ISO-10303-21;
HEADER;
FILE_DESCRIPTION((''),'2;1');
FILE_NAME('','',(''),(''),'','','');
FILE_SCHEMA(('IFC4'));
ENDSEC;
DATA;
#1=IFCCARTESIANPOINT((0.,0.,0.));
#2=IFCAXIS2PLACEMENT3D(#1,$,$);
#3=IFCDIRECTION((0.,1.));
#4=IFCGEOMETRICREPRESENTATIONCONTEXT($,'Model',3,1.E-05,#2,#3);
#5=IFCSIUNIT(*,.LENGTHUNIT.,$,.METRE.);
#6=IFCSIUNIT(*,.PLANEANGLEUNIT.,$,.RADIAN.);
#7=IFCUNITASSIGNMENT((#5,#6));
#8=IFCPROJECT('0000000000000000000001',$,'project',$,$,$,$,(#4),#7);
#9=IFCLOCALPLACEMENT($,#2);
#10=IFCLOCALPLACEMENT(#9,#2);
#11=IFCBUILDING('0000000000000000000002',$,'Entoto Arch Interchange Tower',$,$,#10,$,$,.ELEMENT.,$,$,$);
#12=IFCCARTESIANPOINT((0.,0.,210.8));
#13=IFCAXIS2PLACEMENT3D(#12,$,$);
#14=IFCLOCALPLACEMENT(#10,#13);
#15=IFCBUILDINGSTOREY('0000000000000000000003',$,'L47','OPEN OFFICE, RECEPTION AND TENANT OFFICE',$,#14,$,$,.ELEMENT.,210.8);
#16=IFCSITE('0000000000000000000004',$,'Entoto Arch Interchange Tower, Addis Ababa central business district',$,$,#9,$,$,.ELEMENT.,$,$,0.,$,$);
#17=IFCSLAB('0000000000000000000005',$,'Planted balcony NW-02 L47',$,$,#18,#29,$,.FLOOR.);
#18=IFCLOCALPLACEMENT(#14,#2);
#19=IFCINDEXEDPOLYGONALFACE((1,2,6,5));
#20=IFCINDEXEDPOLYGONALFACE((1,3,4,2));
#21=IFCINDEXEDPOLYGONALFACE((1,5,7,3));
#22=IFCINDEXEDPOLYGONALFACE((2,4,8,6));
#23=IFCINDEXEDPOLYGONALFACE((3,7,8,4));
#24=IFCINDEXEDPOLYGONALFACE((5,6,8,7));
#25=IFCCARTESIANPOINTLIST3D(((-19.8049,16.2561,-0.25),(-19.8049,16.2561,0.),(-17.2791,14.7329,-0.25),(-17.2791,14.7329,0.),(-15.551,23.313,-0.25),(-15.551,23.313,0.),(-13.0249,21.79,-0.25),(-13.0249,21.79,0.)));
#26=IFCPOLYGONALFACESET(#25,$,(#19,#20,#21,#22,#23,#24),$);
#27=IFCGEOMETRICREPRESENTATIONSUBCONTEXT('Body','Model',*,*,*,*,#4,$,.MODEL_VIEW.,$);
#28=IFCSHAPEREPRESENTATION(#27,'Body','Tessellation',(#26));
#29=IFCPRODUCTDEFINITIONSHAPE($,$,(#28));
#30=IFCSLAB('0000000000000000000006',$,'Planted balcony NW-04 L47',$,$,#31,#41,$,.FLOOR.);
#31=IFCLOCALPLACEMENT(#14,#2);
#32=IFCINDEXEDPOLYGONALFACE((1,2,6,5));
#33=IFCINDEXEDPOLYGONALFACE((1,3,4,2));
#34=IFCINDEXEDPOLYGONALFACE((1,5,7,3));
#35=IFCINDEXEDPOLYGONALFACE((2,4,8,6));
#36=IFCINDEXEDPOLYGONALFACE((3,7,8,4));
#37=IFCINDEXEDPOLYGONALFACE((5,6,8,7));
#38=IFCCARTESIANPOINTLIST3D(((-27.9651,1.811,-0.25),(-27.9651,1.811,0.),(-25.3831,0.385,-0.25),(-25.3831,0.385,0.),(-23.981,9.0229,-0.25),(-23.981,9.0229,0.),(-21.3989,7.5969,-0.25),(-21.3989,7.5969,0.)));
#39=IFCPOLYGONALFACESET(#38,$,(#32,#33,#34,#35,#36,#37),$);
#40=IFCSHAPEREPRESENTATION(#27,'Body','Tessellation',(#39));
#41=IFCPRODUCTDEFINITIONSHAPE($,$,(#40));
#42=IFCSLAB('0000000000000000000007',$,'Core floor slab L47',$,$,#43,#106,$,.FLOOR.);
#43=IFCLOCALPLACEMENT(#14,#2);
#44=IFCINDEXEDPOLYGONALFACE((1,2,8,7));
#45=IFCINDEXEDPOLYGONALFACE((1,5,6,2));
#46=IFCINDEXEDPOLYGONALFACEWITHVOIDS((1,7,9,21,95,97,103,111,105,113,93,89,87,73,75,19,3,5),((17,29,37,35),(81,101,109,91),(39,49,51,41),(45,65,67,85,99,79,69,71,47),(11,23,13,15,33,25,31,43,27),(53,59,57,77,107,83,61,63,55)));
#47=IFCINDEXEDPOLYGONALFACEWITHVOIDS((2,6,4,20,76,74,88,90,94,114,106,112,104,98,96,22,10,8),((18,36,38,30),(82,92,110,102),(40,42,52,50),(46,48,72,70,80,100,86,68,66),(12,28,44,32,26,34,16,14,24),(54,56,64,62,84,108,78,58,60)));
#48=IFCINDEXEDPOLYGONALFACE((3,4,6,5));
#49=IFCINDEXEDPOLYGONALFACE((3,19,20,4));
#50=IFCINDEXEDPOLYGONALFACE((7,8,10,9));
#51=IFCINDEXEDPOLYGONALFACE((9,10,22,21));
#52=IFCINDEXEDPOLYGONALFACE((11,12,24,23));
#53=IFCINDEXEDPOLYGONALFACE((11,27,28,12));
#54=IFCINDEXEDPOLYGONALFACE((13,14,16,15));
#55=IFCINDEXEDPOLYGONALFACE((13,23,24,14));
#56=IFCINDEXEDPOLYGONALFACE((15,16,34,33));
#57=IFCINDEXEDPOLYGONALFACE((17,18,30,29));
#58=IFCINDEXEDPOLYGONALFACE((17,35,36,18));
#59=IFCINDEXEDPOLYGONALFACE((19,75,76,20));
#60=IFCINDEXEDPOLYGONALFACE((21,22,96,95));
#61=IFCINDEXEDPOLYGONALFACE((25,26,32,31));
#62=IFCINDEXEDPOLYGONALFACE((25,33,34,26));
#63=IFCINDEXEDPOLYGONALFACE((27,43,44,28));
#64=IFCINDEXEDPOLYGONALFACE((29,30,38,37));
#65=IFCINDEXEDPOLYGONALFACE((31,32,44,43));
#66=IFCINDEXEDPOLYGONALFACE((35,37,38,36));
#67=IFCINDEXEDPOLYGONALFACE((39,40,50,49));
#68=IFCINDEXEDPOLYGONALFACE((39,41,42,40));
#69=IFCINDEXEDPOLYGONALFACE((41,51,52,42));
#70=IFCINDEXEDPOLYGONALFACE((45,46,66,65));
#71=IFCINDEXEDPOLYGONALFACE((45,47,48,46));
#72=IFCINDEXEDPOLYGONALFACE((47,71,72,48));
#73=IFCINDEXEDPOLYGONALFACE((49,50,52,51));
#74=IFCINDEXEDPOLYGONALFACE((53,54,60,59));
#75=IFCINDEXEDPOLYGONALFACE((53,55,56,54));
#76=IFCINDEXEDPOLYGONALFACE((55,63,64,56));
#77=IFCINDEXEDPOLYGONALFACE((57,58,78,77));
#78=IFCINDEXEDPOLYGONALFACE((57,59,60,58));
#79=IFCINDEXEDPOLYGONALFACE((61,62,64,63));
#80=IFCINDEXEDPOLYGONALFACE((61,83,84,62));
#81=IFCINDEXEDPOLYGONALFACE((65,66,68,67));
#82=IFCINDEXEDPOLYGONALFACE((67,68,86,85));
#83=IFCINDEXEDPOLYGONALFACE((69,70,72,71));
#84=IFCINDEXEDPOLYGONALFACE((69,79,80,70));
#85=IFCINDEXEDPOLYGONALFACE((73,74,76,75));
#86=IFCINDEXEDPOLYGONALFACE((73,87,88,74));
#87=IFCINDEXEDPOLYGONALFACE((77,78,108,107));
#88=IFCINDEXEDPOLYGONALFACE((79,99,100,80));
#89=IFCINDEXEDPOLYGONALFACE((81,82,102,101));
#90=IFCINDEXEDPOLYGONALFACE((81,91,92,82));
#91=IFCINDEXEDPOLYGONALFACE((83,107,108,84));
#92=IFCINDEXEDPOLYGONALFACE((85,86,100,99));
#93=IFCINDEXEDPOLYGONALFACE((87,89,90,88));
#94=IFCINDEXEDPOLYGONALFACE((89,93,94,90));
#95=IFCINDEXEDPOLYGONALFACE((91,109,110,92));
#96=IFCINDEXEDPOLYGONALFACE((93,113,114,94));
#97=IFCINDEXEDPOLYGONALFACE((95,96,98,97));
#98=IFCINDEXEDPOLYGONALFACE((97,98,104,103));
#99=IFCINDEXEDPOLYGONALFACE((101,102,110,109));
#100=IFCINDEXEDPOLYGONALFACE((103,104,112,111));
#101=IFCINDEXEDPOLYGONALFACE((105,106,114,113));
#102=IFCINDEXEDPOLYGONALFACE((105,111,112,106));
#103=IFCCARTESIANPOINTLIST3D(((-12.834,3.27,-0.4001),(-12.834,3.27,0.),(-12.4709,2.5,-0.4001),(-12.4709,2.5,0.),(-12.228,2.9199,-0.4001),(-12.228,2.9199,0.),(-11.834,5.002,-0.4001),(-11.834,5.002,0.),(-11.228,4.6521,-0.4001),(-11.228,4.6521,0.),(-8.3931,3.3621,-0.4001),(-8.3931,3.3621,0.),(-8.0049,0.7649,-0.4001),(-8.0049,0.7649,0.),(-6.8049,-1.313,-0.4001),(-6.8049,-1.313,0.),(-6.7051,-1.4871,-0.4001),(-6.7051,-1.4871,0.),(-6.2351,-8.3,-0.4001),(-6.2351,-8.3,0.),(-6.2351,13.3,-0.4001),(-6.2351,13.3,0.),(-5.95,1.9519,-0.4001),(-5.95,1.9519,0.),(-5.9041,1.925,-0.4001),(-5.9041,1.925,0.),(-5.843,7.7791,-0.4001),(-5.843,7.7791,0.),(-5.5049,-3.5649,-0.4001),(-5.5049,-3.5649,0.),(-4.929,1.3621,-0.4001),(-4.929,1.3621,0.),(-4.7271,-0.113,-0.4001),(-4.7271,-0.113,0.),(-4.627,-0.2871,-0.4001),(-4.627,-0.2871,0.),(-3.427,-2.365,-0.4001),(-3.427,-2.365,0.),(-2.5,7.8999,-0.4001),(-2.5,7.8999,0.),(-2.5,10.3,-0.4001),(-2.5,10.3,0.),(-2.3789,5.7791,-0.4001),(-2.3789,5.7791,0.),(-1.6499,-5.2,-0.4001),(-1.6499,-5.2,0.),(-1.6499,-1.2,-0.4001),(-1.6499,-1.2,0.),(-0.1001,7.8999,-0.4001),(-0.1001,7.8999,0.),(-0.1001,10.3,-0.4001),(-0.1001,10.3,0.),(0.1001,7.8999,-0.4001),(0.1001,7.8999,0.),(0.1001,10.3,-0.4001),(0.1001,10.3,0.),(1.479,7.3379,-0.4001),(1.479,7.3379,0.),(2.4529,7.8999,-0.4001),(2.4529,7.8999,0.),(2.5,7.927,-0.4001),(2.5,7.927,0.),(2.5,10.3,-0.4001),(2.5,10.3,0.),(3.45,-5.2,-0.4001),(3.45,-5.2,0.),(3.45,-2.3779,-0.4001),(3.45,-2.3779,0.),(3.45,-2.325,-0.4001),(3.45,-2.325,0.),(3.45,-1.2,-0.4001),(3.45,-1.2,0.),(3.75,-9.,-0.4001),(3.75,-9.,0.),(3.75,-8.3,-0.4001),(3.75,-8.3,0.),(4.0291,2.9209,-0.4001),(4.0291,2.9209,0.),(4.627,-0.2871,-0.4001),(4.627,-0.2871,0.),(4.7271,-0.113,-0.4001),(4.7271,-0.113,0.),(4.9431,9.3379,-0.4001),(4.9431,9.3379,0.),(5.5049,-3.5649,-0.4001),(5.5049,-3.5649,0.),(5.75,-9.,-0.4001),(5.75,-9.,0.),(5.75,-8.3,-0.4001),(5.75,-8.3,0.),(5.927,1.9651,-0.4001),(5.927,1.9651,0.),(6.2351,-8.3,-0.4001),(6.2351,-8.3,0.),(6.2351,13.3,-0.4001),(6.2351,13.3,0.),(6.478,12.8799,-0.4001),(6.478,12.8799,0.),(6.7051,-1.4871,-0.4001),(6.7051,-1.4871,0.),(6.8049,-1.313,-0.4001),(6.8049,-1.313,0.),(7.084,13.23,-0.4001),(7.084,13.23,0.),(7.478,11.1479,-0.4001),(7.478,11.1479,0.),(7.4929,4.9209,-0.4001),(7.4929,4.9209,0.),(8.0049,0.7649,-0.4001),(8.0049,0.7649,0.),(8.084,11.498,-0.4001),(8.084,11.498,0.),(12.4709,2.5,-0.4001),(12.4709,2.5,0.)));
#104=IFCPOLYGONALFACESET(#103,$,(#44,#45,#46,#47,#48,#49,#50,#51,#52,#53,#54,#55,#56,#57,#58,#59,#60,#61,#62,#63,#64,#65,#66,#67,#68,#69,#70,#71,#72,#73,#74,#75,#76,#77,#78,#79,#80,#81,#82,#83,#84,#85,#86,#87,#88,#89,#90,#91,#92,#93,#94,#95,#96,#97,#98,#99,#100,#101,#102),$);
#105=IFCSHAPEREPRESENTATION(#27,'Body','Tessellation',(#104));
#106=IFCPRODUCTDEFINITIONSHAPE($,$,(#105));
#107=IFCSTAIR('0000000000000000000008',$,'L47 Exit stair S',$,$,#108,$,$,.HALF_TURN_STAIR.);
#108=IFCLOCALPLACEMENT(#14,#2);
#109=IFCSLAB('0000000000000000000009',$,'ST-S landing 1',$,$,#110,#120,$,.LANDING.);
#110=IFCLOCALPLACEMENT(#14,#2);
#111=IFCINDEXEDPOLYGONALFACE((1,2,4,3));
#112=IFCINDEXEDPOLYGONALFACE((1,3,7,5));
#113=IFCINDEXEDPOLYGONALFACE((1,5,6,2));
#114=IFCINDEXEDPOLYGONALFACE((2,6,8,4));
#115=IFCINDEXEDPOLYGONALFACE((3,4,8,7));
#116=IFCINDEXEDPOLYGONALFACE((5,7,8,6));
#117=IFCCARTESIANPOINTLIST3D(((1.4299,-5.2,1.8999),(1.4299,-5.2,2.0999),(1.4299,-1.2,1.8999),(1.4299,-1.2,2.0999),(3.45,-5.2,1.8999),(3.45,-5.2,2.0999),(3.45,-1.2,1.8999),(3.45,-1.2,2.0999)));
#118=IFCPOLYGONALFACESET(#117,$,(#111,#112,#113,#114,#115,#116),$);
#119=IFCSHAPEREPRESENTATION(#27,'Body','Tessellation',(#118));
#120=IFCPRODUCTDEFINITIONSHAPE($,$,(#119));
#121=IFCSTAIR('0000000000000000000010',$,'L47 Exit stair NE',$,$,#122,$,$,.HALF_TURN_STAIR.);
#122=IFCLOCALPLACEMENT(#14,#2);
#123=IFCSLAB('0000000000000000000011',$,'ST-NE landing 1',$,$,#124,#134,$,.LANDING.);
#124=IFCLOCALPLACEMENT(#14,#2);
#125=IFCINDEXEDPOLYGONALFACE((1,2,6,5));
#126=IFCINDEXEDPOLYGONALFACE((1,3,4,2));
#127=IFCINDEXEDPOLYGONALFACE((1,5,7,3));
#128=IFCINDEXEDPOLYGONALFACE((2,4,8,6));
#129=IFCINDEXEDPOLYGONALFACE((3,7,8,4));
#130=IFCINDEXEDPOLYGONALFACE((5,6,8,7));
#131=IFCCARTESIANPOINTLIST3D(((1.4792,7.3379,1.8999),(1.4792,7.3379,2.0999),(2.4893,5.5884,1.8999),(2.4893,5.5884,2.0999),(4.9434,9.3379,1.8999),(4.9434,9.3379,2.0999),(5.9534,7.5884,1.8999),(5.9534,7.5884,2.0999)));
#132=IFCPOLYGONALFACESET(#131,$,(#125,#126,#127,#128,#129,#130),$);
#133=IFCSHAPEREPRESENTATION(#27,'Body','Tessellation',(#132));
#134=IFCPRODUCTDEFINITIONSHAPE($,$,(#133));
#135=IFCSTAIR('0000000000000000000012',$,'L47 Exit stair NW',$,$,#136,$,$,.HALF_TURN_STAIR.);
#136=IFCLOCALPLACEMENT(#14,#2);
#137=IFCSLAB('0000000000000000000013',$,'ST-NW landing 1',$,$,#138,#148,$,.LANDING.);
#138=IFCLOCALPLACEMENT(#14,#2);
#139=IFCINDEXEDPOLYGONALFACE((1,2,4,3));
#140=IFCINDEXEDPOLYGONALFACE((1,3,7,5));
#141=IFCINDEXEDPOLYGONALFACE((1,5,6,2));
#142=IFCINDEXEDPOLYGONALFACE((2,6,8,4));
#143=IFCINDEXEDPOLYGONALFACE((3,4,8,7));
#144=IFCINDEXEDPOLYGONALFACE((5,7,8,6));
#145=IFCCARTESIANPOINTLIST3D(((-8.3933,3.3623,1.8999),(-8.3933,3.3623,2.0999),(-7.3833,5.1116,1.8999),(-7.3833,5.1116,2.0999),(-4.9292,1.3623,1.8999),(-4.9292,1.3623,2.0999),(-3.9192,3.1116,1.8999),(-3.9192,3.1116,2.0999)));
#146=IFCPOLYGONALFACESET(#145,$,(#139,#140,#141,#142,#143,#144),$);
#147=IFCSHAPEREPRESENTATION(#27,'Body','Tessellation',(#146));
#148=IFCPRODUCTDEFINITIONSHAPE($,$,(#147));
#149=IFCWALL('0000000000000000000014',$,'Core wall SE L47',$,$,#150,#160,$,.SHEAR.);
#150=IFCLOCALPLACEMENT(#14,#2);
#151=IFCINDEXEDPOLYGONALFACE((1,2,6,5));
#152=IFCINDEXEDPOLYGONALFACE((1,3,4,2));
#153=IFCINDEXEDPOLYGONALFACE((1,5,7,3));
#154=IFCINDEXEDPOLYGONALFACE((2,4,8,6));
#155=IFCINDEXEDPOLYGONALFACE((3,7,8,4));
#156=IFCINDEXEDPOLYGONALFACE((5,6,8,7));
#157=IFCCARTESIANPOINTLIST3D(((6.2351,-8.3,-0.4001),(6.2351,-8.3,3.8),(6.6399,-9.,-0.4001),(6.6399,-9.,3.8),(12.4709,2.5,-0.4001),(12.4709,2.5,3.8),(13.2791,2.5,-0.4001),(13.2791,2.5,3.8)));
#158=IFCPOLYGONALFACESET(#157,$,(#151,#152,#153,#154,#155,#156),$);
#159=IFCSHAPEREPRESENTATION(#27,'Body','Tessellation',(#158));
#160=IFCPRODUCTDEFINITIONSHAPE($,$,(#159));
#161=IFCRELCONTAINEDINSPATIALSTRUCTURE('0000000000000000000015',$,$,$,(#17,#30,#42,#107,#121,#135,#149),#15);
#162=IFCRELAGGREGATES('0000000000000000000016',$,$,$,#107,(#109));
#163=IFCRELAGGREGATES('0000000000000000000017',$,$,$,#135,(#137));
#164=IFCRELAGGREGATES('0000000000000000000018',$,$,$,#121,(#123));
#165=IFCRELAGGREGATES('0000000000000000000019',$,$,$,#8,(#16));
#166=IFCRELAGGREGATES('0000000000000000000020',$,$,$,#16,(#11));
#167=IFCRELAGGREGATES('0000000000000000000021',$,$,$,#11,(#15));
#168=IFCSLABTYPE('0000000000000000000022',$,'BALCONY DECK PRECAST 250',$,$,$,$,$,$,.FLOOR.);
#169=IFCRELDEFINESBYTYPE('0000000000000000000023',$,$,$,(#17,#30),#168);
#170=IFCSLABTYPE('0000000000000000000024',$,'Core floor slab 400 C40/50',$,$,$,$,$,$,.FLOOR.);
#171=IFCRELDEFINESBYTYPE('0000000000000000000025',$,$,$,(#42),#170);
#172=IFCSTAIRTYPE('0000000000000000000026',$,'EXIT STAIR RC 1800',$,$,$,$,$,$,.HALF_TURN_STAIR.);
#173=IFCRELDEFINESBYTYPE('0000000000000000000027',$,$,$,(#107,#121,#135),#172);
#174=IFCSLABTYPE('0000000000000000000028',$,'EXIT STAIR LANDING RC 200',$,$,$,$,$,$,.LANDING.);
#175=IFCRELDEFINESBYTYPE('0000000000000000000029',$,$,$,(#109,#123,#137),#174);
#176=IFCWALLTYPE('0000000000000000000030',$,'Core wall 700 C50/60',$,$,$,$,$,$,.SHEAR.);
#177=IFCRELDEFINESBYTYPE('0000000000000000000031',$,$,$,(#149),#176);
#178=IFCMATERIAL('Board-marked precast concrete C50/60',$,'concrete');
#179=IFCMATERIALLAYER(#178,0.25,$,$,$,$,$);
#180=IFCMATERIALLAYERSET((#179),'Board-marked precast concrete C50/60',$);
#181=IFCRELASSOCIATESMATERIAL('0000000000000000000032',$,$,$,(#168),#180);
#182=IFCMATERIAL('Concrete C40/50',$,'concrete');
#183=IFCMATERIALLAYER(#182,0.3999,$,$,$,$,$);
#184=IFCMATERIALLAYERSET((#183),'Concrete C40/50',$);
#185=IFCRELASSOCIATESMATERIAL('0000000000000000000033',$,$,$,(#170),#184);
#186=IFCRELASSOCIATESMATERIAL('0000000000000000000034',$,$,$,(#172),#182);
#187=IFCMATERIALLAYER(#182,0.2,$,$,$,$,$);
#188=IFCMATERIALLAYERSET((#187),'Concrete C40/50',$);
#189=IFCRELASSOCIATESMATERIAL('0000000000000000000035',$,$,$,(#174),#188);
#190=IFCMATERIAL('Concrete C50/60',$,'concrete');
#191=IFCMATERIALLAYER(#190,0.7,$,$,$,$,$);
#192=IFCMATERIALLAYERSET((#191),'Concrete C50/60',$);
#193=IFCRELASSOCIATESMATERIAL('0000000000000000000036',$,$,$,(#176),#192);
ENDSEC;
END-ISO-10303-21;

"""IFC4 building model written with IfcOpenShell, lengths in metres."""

from ifc_helpers import new_model, si_unit, direction, frame, origin, place, context, subcontext, project, spatial, polyline, outline, extrude, material, layer, layer_set, type_object, element, aggregate, save


model = new_model("IFC4")

# Units and contexts
model_context = context("Model", 3, precision=1e-05, world=origin(), true_north=direction((0.0, 1.0)))
body_context = subcontext(model_context, "Body", "Model", "MODEL_VIEW")
ifc_project = project(units=[si_unit("LENGTHUNIT", "METRE"), si_unit("PLANEANGLEUNIT", "RADIAN")], contexts=[model_context])

# Site, building, storey
site_placement = place(None, origin())
site = spatial("IfcSite", under=ifc_project, at=site_placement, Name="Entoto Arch Interchange Tower, Addis Ababa central business district", CompositionType="ELEMENT", RefElevation=0.0)
building_placement = place(site_placement, origin())
building = spatial("IfcBuilding", under=site, at=building_placement, Name="Entoto Arch Interchange Tower", CompositionType="ELEMENT")
storey_placement = place(building_placement, frame((0.0, 0.0, 210.8)))
storey = spatial("IfcBuildingStorey", under=building, at=storey_placement, Name="L47", Description="OPEN OFFICE, RECEPTION AND TENANT OFFICE", CompositionType="ELEMENT", Elevation=210.8)

# Slabs
ifc_material_1 = material(Name="Board-marked precast concrete C50/60", Category="concrete")
ifc_layer_1 = layer(ifc_material_1, 0.25)
ifc_layer_set_1 = layer_set([ifc_layer_1], Name="Board-marked precast concrete C50/60")
slab_type_1 = type_object("IfcSlabType", Name="BALCONY DECK PRECAST 250", PredefinedType="FLOOR", material=ifc_layer_set_1)
slab_1_placement = place(storey_placement, frame((0.0, 0.0, -0.25)))
element("IfcSlab", 1, at=slab_1_placement, inside=storey, type_object=slab_type_1, Name="Planted balcony NW-02 L47", PredefinedType="FLOOR", context=body_context, shape_type="SweptSolid", body=[
    extrude(outline(polyline([(-13.0249, 21.79), (-17.2791, 14.7329), (-19.8049, 16.2561), (-15.551, 23.313), (-13.0249, 21.79)])), origin(), (0.0, 0.0, 1.0), 0.25),
])
slab_2_placement = place(storey_placement, frame((0.0, 0.0, -0.25)))
element("IfcSlab", 2, at=slab_2_placement, inside=storey, type_object=slab_type_1, Name="Planted balcony NW-04 L47", PredefinedType="FLOOR", context=body_context, shape_type="SweptSolid", body=[
    extrude(outline(polyline([(-21.3989, 7.5969), (-25.3831, 0.385), (-27.9651, 1.811), (-23.981, 9.0229), (-21.3989, 7.5969)])), origin(), (0.0, 0.0, 1.0), 0.25),
])
ifc_material_2 = material(Name="Concrete C40/50", Category="concrete")
ifc_layer_2 = layer(ifc_material_2, 0.3999)
ifc_layer_set_2 = layer_set([ifc_layer_2], Name="Concrete C40/50")
slab_type_2 = type_object("IfcSlabType", Name="Core floor slab 400 C40/50", PredefinedType="FLOOR", material=ifc_layer_set_2)
slab_3_placement = place(storey_placement, frame((0.0, 0.0, -0.4001)))
element("IfcSlab", 3, at=slab_3_placement, inside=storey, type_object=slab_type_2, Name="Core floor slab L47", PredefinedType="FLOOR", context=body_context, shape_type="SweptSolid", body=[
    extrude(outline(polyline([(5.75, -9.0), (3.75, -9.0), (3.75, -8.3), (-6.2351, -8.3), (-12.4709, 2.5), (-12.228, 2.9199), (-12.834, 3.27), (-11.834, 5.002), (-11.228, 4.6521), (-6.2351, 13.3), (6.2351, 13.3), (6.478, 12.8799), (7.084, 13.23), (8.084, 11.498), (7.478, 11.1479), (12.4709, 2.5), (6.2351, -8.3), (5.75, -8.3), (5.75, -9.0)]), holes=[polyline([(-1.6499, -5.2), (3.45, -5.2), (3.45, -2.3779), (5.5049, -3.5649), (6.7051, -1.4871), (4.627, -0.2871), (3.45, -2.325), (3.45, -1.2), (-1.6499, -1.2), (-1.6499, -5.2)]), polyline([(-4.627, -0.2871), (-6.7051, -1.4871), (-5.5049, -3.5649), (-3.427, -2.365), (-4.627, -0.2871)]), polyline([(-5.9041, 1.925), (-4.929, 1.3621), (-2.3789, 5.7791), (-5.843, 7.7791), (-8.3931, 3.3621), (-5.95, 1.9519), (-8.0049, 0.7649), (-6.8049, -1.313), (-4.7271, -0.113), (-5.9041, 1.925)]), polyline([(4.7271, -0.113), (6.8049, -1.313), (8.0049, 0.7649), (5.927, 1.9651), (4.7271, -0.113)]), polyline([(2.5, 7.927), (2.5, 10.3), (0.1001, 10.3), (0.1001, 7.8999), (2.4529, 7.8999), (1.479, 7.3379), (4.0291, 2.9209), (7.4929, 4.9209), (4.9431, 9.3379), (2.5, 7.927)]), polyline([(-2.5, 7.8999), (-0.1001, 7.8999), (-0.1001, 10.3), (-2.5, 10.3), (-2.5, 7.8999)])]), origin(), (0.0, 0.0, 1.0), 0.4001),
])

# Stairs, slabs
stair_type = type_object("IfcStairType", Name="EXIT STAIR RC 1800", PredefinedType="HALF_TURN_STAIR", material=ifc_material_2)
stair_1_placement = place(storey_placement, origin())
stair_1 = element("IfcStair", 4, at=stair_1_placement, inside=storey, type_object=stair_type, Name="L47 Exit stair S", PredefinedType="HALF_TURN_STAIR")
ifc_layer_3 = layer(ifc_material_2, 0.2)
ifc_layer_set_3 = layer_set([ifc_layer_3], Name="Concrete C40/50")
slab_type_3 = type_object("IfcSlabType", Name="EXIT STAIR LANDING RC 200", PredefinedType="LANDING", material=ifc_layer_set_3)
slab_4_placement = place(storey_placement, frame((0.0, 0.0, 1.8999)))
slab_4 = element("IfcSlab", 5, at=slab_4_placement, type_object=slab_type_3, Name="ST-S landing 1", PredefinedType="LANDING", context=body_context, shape_type="SweptSolid", body=[
    extrude(outline(polyline([(1.4299, -5.2), (3.45, -5.2), (3.45, -1.2), (1.4299, -1.2), (1.4299, -5.2)])), origin(), (0.0, 0.0, 1.0), 0.2),
])
aggregate(stair_1, [slab_4])
stair_2_placement = place(storey_placement, origin())
stair_2 = element("IfcStair", 6, at=stair_2_placement, inside=storey, type_object=stair_type, Name="L47 Exit stair NE", PredefinedType="HALF_TURN_STAIR")
slab_5_placement = place(storey_placement, frame((0.0, 0.0, 1.8999)))
slab_5 = element("IfcSlab", 7, at=slab_5_placement, type_object=slab_type_3, Name="ST-NE landing 1", PredefinedType="LANDING", context=body_context, shape_type="SweptSolid", body=[
    extrude(outline(polyline([(5.9534, 7.5884), (4.9434, 9.3379), (1.4792, 7.3379), (2.4893, 5.5884), (5.9534, 7.5884)])), origin(), (0.0, 0.0, 1.0), 0.2),
])
stair_3_placement = place(storey_placement, origin())
stair_3 = element("IfcStair", 8, at=stair_3_placement, inside=storey, type_object=stair_type, Name="L47 Exit stair NW", PredefinedType="HALF_TURN_STAIR")
slab_6_placement = place(storey_placement, frame((0.0, 0.0, 1.8999)))
slab_6 = element("IfcSlab", 9, at=slab_6_placement, type_object=slab_type_3, Name="ST-NW landing 1", PredefinedType="LANDING", context=body_context, shape_type="SweptSolid", body=[
    extrude(outline(polyline([(-7.3833, 5.1116), (-8.3933, 3.3623), (-4.9292, 1.3623), (-3.9192, 3.1116), (-7.3833, 5.1116)])), origin(), (0.0, 0.0, 1.0), 0.2),
])
aggregate(stair_3, [slab_6])

# Wall
ifc_material_3 = material(Name="Concrete C50/60", Category="concrete")
ifc_layer_4 = layer(ifc_material_3, 0.7)
ifc_layer_set_4 = layer_set([ifc_layer_4], Name="Concrete C50/60")
wall_type_1 = type_object("IfcWallType", Name="Core wall 700 C50/60", PredefinedType="SHEAR", material=ifc_layer_set_4)
wall_1_placement = place(storey_placement, frame((0.0, 0.0, -0.4001)))
element("IfcWall", 10, at=wall_1_placement, inside=storey, type_object=wall_type_1, Name="Core wall SE L47", PredefinedType="SHEAR", context=body_context, shape_type="SweptSolid", body=[
    extrude(outline(polyline([(6.6399, -9.0), (13.2791, 2.5), (12.4709, 2.5), (6.2351, -8.3), (6.6399, -9.0)])), origin(), (0.0, 0.0, 1.0), 4.2002),
])

aggregate(stair_2, [slab_5])

save(model, "model.ifc")
